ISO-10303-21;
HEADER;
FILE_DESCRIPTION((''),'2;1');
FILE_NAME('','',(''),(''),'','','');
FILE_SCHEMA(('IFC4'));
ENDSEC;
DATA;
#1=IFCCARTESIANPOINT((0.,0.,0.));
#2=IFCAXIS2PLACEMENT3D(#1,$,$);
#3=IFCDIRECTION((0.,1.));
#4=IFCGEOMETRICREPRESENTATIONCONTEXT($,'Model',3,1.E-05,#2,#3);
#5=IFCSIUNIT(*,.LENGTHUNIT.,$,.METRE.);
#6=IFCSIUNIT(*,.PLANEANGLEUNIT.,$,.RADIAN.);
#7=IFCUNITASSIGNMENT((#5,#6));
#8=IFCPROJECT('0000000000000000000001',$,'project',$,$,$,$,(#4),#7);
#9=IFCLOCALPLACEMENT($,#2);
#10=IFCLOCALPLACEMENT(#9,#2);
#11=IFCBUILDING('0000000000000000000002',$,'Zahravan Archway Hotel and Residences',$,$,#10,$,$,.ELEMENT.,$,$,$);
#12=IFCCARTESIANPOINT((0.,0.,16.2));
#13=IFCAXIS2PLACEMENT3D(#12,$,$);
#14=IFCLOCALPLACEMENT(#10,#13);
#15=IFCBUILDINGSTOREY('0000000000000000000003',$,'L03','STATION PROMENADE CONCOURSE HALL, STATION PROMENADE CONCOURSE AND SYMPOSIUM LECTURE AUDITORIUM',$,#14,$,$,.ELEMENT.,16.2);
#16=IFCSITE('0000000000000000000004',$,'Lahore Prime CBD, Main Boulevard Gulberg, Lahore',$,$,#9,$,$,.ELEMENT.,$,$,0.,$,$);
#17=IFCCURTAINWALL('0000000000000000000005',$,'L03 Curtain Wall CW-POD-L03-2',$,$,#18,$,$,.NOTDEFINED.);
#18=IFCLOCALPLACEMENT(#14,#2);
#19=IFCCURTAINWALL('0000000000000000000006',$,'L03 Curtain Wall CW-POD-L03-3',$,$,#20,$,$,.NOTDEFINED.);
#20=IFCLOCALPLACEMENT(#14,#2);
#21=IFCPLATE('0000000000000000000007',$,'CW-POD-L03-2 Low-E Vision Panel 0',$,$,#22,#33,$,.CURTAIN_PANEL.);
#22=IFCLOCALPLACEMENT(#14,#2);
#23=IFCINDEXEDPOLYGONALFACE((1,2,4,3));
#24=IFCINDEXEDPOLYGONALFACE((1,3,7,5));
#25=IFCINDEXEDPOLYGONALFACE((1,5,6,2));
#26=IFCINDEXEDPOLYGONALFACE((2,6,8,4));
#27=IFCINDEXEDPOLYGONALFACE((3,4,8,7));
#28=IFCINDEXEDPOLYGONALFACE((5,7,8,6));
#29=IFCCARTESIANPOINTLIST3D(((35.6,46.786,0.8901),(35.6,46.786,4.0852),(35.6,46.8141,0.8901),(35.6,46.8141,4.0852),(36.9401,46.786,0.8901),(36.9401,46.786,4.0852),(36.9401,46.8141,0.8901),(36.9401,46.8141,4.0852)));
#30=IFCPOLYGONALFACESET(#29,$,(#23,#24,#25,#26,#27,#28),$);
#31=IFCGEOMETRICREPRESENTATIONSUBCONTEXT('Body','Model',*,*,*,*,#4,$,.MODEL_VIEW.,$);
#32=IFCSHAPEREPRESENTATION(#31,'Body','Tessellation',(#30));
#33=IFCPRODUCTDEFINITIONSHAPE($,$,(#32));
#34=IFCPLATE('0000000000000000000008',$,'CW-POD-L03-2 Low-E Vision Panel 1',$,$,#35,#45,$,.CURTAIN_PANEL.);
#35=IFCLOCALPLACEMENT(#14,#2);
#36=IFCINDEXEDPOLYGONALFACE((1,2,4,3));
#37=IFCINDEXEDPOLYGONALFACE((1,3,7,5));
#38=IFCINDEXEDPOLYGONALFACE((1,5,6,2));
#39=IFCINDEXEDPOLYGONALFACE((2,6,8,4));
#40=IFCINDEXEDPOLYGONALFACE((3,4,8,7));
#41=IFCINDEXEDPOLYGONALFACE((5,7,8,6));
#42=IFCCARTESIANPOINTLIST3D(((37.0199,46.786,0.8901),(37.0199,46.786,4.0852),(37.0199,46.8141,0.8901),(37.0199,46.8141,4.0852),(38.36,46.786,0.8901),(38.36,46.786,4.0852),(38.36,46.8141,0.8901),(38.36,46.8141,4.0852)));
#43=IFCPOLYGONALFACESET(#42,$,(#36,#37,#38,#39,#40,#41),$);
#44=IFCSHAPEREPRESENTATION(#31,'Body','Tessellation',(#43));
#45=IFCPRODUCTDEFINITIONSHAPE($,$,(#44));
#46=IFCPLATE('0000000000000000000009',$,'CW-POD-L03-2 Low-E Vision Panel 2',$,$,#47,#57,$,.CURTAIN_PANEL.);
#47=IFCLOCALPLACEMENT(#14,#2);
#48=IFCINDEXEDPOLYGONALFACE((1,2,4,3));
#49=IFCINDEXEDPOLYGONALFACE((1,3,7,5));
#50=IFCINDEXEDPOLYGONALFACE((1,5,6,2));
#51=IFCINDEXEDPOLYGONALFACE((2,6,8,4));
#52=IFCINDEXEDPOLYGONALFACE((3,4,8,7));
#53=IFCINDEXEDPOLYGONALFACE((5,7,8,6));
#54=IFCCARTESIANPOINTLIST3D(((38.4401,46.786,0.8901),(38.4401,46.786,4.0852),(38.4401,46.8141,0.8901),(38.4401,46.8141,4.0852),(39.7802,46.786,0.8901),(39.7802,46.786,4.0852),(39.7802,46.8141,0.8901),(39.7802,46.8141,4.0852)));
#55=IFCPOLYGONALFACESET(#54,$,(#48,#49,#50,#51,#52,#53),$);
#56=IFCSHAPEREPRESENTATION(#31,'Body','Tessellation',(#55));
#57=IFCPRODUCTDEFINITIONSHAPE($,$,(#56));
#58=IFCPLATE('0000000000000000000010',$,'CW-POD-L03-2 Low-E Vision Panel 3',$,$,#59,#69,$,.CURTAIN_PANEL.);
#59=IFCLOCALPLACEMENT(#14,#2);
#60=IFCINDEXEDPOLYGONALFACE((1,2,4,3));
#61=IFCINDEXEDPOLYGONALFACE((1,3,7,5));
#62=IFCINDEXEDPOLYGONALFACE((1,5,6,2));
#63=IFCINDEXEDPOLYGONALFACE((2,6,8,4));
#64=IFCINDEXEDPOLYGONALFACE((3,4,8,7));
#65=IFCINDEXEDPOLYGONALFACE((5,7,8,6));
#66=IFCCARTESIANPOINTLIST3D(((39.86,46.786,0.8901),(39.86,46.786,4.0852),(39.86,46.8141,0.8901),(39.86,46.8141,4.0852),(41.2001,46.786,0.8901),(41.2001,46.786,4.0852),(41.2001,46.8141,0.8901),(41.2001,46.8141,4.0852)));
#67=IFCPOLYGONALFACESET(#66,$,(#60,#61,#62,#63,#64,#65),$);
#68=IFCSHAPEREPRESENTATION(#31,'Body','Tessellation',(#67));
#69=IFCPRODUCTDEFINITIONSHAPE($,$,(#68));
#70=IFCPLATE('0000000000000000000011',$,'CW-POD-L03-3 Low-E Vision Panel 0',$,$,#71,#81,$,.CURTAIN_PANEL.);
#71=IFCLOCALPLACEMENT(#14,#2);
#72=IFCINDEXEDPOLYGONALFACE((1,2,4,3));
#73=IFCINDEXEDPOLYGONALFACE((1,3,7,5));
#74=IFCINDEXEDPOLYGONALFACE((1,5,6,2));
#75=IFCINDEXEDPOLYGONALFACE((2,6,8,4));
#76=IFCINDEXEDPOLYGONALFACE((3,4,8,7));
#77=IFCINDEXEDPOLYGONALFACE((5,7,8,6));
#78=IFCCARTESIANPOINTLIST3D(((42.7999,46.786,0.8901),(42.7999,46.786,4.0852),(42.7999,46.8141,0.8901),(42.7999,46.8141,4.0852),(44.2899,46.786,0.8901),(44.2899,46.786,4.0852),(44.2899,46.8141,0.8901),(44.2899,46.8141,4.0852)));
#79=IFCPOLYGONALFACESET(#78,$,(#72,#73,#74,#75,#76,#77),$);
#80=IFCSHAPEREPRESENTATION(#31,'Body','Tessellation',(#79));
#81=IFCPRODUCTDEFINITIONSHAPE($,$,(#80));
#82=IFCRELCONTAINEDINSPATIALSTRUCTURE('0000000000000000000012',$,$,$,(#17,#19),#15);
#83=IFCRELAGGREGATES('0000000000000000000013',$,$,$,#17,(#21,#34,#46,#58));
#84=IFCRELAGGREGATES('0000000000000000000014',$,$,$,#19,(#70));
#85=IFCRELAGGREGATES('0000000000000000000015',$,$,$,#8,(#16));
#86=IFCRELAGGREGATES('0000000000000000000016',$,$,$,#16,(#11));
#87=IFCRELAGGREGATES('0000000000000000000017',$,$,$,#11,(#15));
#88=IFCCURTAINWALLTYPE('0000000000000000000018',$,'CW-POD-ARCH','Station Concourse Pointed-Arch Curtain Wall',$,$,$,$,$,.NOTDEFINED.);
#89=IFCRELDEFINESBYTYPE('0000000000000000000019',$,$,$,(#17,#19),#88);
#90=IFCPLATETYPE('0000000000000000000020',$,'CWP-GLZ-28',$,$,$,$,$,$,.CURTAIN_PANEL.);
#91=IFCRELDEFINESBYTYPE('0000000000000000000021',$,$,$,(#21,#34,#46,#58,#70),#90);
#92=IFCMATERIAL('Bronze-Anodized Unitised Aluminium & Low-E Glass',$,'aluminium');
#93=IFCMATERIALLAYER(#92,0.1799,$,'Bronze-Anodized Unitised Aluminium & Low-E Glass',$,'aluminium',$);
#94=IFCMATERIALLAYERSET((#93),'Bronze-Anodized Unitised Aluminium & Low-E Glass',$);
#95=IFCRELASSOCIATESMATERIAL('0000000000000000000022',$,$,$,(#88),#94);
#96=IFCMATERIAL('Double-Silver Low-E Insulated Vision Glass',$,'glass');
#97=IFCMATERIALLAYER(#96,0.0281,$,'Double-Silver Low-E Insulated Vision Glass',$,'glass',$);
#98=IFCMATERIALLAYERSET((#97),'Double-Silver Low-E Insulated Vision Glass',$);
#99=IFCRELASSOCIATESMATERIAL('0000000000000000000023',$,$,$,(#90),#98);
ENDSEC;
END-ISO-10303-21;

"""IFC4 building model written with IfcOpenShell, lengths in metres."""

from ifc_helpers import new_model, si_unit, direction, frame, origin, origin_2d, place, context, subcontext, project, spatial, rectangle, extrude, source, transform, mapped, material, layer, layer_set, type_object, element, aggregate, save


model = new_model("IFC4")

# Units and contexts
model_context = context("Model", 3, precision=1e-05, world=origin(), true_north=direction((0.0, 1.0)))
body_context = subcontext(model_context, "Body", "Model", "MODEL_VIEW")
ifc_project = project(units=[si_unit("LENGTHUNIT", "METRE"), si_unit("PLANEANGLEUNIT", "RADIAN")], contexts=[model_context])

# Site, building, storey
site_placement = place(None, origin())
site = spatial("IfcSite", under=ifc_project, at=site_placement, Name="Lahore Prime CBD, Main Boulevard Gulberg, Lahore", CompositionType="ELEMENT", RefElevation=0.0)
building_placement = place(site_placement, origin())
building = spatial("IfcBuilding", under=site, at=building_placement, Name="Zahravan Archway Hotel and Residences", CompositionType="ELEMENT")
storey_placement = place(building_placement, frame((0.0, 0.0, 16.2)))
storey = spatial("IfcBuildingStorey", under=building, at=storey_placement, Name="L03", Description="STATION PROMENADE CONCOURSE HALL, STATION PROMENADE CONCOURSE AND SYMPOSIUM LECTURE AUDITORIUM", CompositionType="ELEMENT", Elevation=16.2)

# Curtain walls
ifc_material_1 = material(Name="Bronze-Anodized Unitised Aluminium & Low-E Glass", Category="aluminium")
ifc_layer_1 = layer(ifc_material_1, 0.1799, Name="Bronze-Anodized Unitised Aluminium & Low-E Glass", Category="aluminium")
ifc_layer_set_1 = layer_set([ifc_layer_1], Name="Bronze-Anodized Unitised Aluminium & Low-E Glass")
curtain_wall_type = type_object("IfcCurtainWallType", Name="CW-POD-ARCH", Description="Station Concourse Pointed-Arch Curtain Wall", PredefinedType="NOTDEFINED", material=ifc_layer_set_1)
curtain_wall_1_placement = place(storey_placement, origin())
curtain_wall_1 = element("IfcCurtainWall", 1, at=curtain_wall_1_placement, inside=storey, type_object=curtain_wall_type, Name="L03 Curtain Wall CW-POD-L03-2", PredefinedType="NOTDEFINED")
curtain_wall_2_placement = place(storey_placement, origin())
curtain_wall_2 = element("IfcCurtainWall", 2, at=curtain_wall_2_placement, inside=storey, type_object=curtain_wall_type, Name="L03 Curtain Wall CW-POD-L03-3", PredefinedType="NOTDEFINED")

# Plates
ifc_material_2 = material(Name="Double-Silver Low-E Insulated Vision Glass", Category="glass")
ifc_layer_2 = layer(ifc_material_2, 0.0281, Name="Double-Silver Low-E Insulated Vision Glass", Category="glass")
ifc_layer_set_2 = layer_set([ifc_layer_2], Name="Double-Silver Low-E Insulated Vision Glass")
plate_type_1 = type_object("IfcPlateType", Name="CWP-GLZ-28", PredefinedType="CURTAIN_PANEL", material=ifc_layer_set_2)
shared_shape_1 = source(origin(), body_context, "Body", "SweptSolid", [
    extrude(rectangle(XDim=1.3401, YDim=0.0281, at=origin_2d()), origin(), (0.0, 0.0, 1.0), 3.1951),
])
plate_1_placement = place(storey_placement, frame((36.27, 46.8, 0.8901), z_axis=(0.0, 0.0, 1.0), x_axis=(1.0, 0.0, 0.0)))
plate_1 = element("IfcPlate", 3, at=plate_1_placement, type_object=plate_type_1, Name="CW-POD-L03-2 Low-E Vision Panel 0", PredefinedType="CURTAIN_PANEL", context=body_context, shape_type="MappedRepresentation", body=[
    mapped(shared_shape_1, transform((0.0, 0.0, 0.0), scale=1.0)),
])
plate_2_placement = place(storey_placement, frame((37.6899, 46.8, 0.8901), z_axis=(0.0, 0.0, 1.0), x_axis=(1.0, 0.0, 0.0)))
plate_2 = element("IfcPlate", 4, at=plate_2_placement, type_object=plate_type_1, Name="CW-POD-L03-2 Low-E Vision Panel 1", PredefinedType="CURTAIN_PANEL", context=body_context, shape_type="MappedRepresentation", body=[
    mapped(shared_shape_1, transform((0.0, 0.0, 0.0), scale=1.0)),
])
plate_3_placement = place(storey_placement, frame((39.1101, 46.8, 0.8901), z_axis=(0.0, 0.0, 1.0), x_axis=(1.0, 0.0, 0.0)))
plate_3 = element("IfcPlate", 5, at=plate_3_placement, type_object=plate_type_1, Name="CW-POD-L03-2 Low-E Vision Panel 2", PredefinedType="CURTAIN_PANEL", context=body_context, shape_type="MappedRepresentation", body=[
    mapped(shared_shape_1, transform((0.0, 0.0, 0.0), scale=1.0)),
])
plate_4_placement = place(storey_placement, frame((40.53, 46.8, 0.8901), z_axis=(0.0, 0.0, 1.0), x_axis=(1.0, 0.0, 0.0)))
plate_4 = element("IfcPlate", 6, at=plate_4_placement, type_object=plate_type_1, Name="CW-POD-L03-2 Low-E Vision Panel 3", PredefinedType="CURTAIN_PANEL", context=body_context, shape_type="MappedRepresentation", body=[
    mapped(shared_shape_1, transform((0.0, 0.0, 0.0), scale=1.0)),
])
aggregate(curtain_wall_1, [plate_1, plate_2, plate_3, plate_4])
shared_shape_2 = source(origin(), body_context, "Body", "SweptSolid", [
    extrude(rectangle(XDim=1.49, YDim=0.0281, at=origin_2d()), origin(), (0.0, 0.0, 1.0), 3.1951),
])
plate_5_placement = place(storey_placement, frame((43.5449, 46.8, 0.8901), z_axis=(0.0, 0.0, 1.0), x_axis=(1.0, 0.0, 0.0)))
plate_5 = element("IfcPlate", 7, at=plate_5_placement, type_object=plate_type_1, Name="CW-POD-L03-3 Low-E Vision Panel 0", PredefinedType="CURTAIN_PANEL", context=body_context, shape_type="MappedRepresentation", body=[
    mapped(shared_shape_2, transform((0.0, 0.0, 0.0), scale=1.0)),
])
aggregate(curtain_wall_2, [plate_5])

save(model, "model.ifc")
